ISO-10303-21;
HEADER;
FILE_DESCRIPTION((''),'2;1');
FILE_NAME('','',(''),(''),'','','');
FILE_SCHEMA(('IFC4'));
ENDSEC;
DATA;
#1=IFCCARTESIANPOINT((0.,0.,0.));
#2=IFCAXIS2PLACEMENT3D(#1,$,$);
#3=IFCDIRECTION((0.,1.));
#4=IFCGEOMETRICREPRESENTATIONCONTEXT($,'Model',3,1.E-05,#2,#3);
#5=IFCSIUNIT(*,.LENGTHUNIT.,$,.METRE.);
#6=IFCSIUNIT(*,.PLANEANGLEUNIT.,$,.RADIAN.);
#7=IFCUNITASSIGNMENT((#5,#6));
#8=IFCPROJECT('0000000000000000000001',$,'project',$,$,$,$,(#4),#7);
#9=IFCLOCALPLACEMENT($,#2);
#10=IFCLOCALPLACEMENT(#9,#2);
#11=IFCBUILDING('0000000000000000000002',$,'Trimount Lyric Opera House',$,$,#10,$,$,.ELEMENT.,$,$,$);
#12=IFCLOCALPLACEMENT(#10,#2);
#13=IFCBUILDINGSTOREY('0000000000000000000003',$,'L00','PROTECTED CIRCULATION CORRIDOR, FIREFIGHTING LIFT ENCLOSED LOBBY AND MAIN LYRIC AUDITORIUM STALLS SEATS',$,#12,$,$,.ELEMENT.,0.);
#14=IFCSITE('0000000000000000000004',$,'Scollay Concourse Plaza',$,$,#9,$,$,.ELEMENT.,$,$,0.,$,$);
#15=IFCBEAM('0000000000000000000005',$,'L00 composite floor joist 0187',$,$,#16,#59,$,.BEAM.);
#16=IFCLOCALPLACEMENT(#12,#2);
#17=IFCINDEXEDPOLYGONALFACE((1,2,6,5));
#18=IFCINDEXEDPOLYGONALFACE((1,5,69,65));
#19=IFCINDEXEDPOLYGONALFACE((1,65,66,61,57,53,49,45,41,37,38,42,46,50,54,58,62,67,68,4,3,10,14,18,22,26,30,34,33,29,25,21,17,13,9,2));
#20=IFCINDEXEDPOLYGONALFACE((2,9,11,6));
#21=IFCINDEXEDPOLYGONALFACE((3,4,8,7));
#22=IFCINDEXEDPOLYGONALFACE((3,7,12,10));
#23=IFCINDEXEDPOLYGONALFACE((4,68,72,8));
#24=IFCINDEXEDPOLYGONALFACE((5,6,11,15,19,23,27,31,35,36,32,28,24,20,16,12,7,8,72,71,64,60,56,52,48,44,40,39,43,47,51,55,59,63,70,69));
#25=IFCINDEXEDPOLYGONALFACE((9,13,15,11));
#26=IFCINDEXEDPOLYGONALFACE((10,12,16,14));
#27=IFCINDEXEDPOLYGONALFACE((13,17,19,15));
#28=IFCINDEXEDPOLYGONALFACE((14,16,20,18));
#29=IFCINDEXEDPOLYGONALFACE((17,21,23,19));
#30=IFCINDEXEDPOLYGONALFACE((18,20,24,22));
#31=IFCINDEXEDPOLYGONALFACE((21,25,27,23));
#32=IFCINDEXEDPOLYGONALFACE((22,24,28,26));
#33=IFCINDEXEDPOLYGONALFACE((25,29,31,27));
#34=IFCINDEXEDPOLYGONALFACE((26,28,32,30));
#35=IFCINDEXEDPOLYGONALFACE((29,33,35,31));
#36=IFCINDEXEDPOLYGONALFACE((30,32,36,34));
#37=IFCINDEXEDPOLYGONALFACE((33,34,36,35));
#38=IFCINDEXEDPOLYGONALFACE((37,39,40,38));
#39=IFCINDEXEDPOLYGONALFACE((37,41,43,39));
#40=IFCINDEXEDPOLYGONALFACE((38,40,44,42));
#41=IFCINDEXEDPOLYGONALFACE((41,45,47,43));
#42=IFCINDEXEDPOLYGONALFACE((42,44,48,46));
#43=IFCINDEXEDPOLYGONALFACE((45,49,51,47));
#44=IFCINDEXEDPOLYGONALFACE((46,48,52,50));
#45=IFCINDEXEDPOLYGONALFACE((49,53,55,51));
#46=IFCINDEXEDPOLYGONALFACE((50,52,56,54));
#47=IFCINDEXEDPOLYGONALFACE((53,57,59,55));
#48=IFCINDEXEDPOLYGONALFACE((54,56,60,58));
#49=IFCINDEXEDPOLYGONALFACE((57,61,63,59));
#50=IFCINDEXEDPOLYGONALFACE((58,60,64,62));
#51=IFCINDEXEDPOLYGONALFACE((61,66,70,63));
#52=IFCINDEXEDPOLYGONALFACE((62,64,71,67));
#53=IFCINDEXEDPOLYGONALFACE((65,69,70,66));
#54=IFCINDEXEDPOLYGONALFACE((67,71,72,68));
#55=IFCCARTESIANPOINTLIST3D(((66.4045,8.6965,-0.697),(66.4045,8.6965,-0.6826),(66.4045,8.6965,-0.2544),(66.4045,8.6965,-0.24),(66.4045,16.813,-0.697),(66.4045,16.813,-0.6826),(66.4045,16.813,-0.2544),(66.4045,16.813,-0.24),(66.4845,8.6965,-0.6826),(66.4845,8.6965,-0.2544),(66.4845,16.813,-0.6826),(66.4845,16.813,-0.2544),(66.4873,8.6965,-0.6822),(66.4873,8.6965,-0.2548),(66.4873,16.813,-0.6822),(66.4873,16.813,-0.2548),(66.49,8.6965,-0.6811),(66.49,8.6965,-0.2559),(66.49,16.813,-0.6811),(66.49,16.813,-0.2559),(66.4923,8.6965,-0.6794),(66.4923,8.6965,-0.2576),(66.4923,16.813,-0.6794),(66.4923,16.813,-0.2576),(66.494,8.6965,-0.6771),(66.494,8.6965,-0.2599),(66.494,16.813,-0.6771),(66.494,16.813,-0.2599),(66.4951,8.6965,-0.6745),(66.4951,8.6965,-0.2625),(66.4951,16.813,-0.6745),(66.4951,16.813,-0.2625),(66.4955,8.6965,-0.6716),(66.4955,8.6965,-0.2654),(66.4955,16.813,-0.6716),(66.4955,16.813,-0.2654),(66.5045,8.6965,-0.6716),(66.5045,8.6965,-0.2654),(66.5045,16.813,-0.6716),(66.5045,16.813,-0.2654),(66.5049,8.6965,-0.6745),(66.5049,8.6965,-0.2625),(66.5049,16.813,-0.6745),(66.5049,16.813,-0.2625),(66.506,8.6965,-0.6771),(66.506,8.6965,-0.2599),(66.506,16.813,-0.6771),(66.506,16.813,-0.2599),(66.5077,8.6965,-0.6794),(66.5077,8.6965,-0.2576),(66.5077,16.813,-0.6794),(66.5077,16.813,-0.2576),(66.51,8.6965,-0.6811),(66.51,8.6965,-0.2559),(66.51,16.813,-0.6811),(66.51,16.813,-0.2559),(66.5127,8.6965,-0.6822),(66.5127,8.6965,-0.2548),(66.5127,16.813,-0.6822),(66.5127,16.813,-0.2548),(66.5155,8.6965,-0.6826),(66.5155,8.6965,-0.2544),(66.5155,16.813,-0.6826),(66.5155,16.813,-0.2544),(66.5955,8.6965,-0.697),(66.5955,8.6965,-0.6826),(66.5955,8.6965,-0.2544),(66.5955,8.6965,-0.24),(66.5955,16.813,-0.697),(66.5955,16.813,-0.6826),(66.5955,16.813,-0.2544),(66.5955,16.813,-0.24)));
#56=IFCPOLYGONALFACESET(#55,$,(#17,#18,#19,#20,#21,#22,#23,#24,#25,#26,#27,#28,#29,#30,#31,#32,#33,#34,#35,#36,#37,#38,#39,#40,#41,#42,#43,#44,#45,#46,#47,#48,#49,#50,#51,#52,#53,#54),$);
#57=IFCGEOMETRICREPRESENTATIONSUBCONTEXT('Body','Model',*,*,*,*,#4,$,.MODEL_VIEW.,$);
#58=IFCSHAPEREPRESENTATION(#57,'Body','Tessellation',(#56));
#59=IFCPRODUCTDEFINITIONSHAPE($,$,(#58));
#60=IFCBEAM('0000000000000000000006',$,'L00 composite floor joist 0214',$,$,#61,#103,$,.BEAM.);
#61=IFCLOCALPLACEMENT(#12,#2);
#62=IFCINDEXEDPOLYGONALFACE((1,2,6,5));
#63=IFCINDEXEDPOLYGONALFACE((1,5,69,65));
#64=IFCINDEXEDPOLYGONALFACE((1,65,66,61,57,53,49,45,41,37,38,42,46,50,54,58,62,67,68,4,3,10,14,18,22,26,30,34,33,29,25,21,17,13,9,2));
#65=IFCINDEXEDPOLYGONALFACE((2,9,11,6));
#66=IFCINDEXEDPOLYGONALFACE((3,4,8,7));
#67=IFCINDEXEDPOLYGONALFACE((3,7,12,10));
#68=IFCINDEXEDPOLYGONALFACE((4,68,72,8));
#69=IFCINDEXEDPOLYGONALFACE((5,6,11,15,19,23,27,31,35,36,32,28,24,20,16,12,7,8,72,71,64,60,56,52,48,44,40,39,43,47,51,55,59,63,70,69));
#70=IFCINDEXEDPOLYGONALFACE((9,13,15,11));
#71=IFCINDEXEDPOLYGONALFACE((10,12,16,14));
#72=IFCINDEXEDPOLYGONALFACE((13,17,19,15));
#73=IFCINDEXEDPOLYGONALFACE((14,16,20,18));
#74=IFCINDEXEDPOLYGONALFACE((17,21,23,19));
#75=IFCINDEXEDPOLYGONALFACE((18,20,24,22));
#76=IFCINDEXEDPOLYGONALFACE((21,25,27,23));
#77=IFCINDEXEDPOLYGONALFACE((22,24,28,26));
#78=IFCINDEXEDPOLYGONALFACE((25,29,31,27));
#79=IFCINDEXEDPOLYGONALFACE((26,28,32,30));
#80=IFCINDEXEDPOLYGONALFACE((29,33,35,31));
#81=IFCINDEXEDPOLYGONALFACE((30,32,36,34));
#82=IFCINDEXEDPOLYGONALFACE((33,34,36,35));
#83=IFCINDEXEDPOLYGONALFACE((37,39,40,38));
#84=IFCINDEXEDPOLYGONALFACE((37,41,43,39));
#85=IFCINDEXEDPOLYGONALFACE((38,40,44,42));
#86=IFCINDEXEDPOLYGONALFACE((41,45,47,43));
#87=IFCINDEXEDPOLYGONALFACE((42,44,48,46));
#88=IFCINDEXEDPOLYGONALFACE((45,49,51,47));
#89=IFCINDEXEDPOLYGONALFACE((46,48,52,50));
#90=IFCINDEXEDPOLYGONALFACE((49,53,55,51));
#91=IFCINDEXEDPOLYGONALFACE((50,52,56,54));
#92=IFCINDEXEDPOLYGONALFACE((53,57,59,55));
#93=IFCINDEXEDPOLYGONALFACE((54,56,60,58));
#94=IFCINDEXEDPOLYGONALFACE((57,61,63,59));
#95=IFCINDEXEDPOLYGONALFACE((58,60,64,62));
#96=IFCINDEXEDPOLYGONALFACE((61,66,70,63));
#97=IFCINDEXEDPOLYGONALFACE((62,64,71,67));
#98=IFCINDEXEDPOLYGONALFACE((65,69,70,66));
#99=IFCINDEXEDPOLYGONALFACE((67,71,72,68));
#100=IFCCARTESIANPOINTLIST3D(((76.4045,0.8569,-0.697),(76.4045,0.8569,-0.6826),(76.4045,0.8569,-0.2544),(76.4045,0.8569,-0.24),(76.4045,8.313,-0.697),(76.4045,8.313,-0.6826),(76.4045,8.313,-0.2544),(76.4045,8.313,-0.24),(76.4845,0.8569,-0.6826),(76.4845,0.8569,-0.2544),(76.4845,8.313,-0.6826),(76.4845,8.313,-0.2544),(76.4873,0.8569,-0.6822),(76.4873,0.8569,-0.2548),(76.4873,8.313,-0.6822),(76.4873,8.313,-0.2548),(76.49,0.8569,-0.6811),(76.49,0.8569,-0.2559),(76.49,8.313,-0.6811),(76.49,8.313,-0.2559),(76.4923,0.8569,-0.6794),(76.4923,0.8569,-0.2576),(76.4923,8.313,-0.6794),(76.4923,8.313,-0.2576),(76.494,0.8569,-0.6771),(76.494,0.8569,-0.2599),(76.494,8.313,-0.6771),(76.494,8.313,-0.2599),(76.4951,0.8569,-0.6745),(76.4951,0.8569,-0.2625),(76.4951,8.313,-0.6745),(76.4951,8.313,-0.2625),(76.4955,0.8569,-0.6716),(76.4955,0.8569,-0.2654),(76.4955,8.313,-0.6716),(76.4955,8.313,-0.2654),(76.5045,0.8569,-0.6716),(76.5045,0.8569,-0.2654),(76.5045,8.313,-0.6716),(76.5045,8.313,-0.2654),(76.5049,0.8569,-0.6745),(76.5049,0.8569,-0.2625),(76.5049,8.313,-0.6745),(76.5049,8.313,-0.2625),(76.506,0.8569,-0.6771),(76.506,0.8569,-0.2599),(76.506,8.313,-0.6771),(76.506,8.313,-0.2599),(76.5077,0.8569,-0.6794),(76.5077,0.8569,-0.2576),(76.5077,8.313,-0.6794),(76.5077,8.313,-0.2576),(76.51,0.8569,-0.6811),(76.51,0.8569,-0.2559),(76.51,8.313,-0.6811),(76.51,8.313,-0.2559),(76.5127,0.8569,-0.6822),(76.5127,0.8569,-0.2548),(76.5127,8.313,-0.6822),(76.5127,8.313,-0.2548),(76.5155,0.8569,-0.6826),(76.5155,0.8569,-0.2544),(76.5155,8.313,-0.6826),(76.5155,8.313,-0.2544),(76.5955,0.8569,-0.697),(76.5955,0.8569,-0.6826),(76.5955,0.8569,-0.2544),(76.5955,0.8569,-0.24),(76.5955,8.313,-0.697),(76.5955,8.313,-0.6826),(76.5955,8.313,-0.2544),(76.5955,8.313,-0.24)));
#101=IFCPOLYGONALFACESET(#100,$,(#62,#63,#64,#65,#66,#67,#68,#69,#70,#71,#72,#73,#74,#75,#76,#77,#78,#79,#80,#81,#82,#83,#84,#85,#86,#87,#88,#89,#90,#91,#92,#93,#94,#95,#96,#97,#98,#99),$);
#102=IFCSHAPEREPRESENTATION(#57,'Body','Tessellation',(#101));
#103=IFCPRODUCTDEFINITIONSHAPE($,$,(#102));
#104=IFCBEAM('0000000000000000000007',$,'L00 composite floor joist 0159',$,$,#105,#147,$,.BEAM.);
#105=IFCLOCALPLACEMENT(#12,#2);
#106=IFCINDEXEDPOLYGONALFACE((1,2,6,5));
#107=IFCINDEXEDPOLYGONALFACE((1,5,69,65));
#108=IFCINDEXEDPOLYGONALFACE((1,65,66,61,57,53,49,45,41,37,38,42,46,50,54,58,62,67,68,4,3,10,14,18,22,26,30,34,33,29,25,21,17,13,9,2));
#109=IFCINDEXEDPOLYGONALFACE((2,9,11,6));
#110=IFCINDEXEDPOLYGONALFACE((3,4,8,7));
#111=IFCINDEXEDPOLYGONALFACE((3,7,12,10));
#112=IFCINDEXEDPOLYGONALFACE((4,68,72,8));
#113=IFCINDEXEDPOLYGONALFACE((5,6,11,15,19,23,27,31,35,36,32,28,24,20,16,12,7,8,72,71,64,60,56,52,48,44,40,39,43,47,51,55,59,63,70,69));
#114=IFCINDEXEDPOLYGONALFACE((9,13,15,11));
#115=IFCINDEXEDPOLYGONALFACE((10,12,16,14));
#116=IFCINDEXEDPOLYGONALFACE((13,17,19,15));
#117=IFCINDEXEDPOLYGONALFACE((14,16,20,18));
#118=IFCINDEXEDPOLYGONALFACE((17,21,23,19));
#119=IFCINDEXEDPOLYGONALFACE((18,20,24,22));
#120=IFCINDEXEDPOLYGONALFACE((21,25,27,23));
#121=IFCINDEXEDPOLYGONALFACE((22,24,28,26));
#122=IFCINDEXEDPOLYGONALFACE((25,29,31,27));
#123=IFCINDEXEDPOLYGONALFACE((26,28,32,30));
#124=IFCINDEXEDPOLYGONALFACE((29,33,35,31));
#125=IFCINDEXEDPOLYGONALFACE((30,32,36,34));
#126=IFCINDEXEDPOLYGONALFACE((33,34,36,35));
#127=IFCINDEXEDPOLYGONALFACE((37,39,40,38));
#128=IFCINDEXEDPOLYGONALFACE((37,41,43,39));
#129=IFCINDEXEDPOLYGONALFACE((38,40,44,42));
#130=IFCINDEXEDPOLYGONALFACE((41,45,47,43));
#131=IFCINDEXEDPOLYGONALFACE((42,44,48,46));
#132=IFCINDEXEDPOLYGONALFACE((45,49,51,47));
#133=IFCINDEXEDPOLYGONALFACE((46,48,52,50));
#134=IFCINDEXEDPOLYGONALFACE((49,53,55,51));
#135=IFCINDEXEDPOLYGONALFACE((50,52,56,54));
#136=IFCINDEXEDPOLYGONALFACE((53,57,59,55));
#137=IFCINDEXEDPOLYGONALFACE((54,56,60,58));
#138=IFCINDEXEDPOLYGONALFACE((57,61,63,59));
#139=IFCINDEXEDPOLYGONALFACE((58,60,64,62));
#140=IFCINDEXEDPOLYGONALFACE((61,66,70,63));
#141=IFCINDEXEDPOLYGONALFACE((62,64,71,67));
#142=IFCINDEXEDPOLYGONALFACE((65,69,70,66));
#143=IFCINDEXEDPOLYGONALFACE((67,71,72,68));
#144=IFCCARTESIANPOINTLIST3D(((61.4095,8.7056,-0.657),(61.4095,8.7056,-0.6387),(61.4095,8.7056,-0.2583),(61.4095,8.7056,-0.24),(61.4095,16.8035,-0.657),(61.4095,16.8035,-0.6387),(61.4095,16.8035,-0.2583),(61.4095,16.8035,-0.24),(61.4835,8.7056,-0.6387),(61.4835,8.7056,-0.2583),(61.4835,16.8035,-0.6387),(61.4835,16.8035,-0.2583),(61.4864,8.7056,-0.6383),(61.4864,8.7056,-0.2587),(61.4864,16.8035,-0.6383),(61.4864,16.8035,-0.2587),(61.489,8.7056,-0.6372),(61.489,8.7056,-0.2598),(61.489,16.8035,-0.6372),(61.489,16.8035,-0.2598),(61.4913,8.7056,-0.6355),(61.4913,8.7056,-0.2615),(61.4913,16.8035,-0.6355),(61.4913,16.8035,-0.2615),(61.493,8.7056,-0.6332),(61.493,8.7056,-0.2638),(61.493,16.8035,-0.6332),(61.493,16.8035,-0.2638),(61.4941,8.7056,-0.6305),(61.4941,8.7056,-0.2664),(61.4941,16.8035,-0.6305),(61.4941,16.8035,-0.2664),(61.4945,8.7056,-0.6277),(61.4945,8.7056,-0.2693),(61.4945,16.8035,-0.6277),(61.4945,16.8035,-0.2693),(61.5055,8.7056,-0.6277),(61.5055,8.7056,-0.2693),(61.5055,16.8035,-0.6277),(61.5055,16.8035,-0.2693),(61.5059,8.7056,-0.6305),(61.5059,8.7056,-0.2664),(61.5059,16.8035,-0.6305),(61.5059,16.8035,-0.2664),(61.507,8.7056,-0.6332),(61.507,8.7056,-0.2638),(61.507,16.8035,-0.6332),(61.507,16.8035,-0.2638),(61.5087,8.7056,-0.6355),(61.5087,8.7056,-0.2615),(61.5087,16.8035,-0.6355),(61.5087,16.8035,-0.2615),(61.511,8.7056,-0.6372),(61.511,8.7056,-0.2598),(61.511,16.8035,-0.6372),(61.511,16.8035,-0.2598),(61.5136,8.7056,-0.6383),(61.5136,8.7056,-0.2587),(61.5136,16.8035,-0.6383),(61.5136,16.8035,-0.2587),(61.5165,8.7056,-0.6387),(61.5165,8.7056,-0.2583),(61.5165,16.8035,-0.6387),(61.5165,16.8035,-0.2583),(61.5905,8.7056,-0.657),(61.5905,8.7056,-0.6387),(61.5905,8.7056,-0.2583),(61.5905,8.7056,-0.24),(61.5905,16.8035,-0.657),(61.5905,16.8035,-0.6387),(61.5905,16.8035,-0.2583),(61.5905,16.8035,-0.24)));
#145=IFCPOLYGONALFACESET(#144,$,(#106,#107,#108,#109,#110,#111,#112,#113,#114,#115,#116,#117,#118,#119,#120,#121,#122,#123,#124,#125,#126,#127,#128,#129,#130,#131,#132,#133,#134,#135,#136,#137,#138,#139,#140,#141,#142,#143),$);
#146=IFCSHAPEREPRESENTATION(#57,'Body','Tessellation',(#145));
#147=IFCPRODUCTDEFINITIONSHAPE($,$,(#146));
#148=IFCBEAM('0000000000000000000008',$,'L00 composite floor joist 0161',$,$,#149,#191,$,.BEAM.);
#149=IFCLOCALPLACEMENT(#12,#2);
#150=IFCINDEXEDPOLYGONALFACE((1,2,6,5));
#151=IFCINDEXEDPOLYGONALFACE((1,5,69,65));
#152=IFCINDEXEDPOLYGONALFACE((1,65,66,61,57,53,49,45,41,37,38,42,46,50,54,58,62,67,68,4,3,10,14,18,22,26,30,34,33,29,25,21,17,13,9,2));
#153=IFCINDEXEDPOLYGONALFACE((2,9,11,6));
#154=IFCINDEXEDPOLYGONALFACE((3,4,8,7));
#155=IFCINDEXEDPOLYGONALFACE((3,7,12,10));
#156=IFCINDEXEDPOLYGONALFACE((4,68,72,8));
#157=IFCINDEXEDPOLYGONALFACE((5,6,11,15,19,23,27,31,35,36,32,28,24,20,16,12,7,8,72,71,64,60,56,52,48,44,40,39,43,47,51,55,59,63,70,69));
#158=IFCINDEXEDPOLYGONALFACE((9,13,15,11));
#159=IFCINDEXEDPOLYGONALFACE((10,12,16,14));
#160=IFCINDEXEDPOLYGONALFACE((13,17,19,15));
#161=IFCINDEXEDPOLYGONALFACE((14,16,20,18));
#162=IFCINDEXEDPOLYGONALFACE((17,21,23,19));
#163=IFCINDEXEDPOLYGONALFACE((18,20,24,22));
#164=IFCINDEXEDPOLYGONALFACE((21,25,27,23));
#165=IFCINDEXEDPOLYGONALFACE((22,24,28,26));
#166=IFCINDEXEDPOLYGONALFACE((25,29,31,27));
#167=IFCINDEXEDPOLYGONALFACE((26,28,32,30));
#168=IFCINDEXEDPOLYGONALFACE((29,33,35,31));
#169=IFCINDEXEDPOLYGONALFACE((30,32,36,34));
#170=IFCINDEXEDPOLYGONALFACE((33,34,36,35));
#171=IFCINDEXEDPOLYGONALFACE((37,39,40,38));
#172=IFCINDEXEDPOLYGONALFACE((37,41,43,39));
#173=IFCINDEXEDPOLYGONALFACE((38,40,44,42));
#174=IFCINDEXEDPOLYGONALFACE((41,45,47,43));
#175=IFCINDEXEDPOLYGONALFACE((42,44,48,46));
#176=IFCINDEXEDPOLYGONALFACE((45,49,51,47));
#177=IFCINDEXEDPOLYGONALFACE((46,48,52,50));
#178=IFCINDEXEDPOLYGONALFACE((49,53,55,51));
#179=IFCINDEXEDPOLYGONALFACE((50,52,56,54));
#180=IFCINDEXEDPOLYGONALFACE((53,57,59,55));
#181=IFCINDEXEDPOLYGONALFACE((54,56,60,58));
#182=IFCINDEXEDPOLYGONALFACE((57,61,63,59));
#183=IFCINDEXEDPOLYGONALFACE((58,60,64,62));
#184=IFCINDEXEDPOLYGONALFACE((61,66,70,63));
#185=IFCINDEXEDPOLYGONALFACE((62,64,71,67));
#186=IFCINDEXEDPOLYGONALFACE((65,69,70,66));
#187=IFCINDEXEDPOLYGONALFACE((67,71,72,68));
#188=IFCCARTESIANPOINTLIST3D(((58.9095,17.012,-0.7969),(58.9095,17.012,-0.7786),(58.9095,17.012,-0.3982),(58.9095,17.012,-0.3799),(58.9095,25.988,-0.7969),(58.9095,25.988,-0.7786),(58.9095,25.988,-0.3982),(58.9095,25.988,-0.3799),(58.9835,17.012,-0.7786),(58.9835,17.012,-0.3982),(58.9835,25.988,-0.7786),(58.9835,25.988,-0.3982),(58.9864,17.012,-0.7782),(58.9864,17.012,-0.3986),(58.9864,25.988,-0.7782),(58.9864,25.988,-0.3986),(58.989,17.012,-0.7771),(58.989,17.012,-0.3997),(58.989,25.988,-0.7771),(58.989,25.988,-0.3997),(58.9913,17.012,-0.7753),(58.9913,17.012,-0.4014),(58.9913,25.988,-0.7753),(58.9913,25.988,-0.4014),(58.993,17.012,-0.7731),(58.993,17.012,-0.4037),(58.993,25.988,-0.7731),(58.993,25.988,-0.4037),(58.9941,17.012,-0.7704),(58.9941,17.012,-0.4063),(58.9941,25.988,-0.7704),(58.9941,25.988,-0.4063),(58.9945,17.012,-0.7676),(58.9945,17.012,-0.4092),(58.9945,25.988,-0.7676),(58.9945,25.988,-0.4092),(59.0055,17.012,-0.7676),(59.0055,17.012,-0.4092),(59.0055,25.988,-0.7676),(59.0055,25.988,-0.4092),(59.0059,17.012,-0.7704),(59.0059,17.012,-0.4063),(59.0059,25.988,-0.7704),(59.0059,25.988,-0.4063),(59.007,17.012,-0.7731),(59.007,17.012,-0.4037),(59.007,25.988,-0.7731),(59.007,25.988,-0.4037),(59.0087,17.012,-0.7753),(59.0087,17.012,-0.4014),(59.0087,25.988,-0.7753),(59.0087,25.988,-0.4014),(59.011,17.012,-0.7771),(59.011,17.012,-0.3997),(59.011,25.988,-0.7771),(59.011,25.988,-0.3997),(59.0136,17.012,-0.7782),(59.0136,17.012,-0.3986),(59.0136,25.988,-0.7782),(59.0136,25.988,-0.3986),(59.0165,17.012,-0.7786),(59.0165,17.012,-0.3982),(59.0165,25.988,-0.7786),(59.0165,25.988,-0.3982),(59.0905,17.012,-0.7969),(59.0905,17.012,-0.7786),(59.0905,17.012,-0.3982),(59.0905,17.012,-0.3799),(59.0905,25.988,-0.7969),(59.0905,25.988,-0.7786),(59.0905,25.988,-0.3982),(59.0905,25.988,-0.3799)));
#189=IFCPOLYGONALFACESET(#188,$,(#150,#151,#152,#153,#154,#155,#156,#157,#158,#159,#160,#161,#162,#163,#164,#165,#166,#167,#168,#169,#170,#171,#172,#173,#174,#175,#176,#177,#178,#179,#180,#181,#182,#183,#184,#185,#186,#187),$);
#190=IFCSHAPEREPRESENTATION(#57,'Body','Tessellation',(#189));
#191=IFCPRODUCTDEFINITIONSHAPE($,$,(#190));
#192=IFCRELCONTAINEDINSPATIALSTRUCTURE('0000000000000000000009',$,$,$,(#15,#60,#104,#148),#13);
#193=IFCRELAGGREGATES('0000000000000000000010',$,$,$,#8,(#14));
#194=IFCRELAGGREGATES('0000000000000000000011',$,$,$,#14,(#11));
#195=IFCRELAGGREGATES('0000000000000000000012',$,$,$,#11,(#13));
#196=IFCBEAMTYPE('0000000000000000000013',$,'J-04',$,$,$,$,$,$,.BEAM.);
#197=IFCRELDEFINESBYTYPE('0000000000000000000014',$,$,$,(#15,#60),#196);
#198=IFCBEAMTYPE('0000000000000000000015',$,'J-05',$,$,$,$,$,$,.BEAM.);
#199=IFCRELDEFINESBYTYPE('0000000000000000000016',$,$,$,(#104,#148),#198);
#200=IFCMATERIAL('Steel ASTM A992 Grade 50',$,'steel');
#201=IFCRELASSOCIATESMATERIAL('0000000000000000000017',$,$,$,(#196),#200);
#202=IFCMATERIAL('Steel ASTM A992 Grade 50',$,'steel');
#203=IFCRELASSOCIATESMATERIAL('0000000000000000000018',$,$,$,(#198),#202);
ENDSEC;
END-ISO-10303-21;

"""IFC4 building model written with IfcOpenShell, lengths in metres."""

from ifc_helpers import new_model, si_unit, direction, frame, origin, origin_2d, place, context, subcontext, project, spatial, i_section, extrude, material, material_profile, profile_set, type_object, element, save


model = new_model("IFC4")

# Units and contexts
model_context = context("Model", 3, precision=1e-05, world=origin(), true_north=direction((0.0, 1.0)))
body_context = subcontext(model_context, "Body", "Model", "MODEL_VIEW")
ifc_project = project(units=[si_unit("LENGTHUNIT", "METRE"), si_unit("PLANEANGLEUNIT", "RADIAN")], contexts=[model_context])

# Site, building, storey
site_placement = place(None, origin())
site = spatial("IfcSite", under=ifc_project, at=site_placement, Name="Scollay Concourse Plaza", CompositionType="ELEMENT", RefElevation=0.0)
building_placement = place(site_placement, origin())
building = spatial("IfcBuilding", under=site, at=building_placement, Name="Trimount Lyric Opera House", CompositionType="ELEMENT")
storey_placement = place(building_placement, origin())
storey = spatial("IfcBuildingStorey", under=building, at=storey_placement, Name="L00", Description="PROTECTED CIRCULATION CORRIDOR, FIREFIGHTING LIFT ENCLOSED LOBBY AND MAIN LYRIC AUDITORIUM STALLS SEATS", CompositionType="ELEMENT", Elevation=0.0)

# Beams
ifc_material_1 = material(Name="Steel ASTM A992 Grade 50", Category="steel")
ifc_material_profile_1 = material_profile(ifc_material_1, i_section(OverallWidth=0.1909, OverallDepth=0.457, WebThickness=0.009, FlangeThickness=0.0144, FilletRadius=0.011, at=origin_2d()), Name="W18X50")
ifc_profile_set_1 = profile_set([ifc_material_profile_1], Name="Steel ASTM A992 Grade 50")
beam_type_1 = type_object("IfcBeamType", Name="J-04", PredefinedType="BEAM", material=ifc_profile_set_1)
beam_1_placement = place(storey_placement, frame((66.5, 8.6965, -0.4685), z_axis=(0.0, 1.0, 0.0), x_axis=(-1.0, 0.0, 0.0)))
element("IfcBeam", 1, at=beam_1_placement, inside=storey, type_object=beam_type_1, Name="L00 composite floor joist 0187", PredefinedType="BEAM", context=body_context, shape_type="SweptSolid", body=[
    extrude(i_section(OverallWidth=0.1909, OverallDepth=0.457, WebThickness=0.009, FlangeThickness=0.0144, FilletRadius=0.011, at=origin_2d()), origin(), (0.0, 0.0, 1.0), 8.1165),
])
beam_2_placement = place(storey_placement, frame((76.5, 0.8569, -0.4685), z_axis=(0.0, 1.0, 0.0), x_axis=(-1.0, 0.0, 0.0)))
element("IfcBeam", 2, at=beam_2_placement, inside=storey, type_object=beam_type_1, Name="L00 composite floor joist 0214", PredefinedType="BEAM", context=body_context, shape_type="SweptSolid", body=[
    extrude(i_section(OverallWidth=0.1909, OverallDepth=0.457, WebThickness=0.009, FlangeThickness=0.0144, FilletRadius=0.011, at=origin_2d()), origin(), (0.0, 0.0, 1.0), 7.4561),
])
ifc_material_2 = material(Name="Steel ASTM A992 Grade 50", Category="steel")
ifc_material_profile_2 = material_profile(ifc_material_2, i_section(OverallWidth=0.1809, OverallDepth=0.417, WebThickness=0.011, FlangeThickness=0.0183, FilletRadius=0.011, at=origin_2d()), Name="W16X57")
ifc_profile_set_2 = profile_set([ifc_material_profile_2], Name="Steel ASTM A992 Grade 50")
beam_type_2 = type_object("IfcBeamType", Name="J-05", PredefinedType="BEAM", material=ifc_profile_set_2)
beam_3_placement = place(storey_placement, frame((61.5, 8.7056, -0.4485), z_axis=(0.0, 1.0, 0.0), x_axis=(-1.0, 0.0, 0.0)))
element("IfcBeam", 3, at=beam_3_placement, inside=storey, type_object=beam_type_2, Name="L00 composite floor joist 0159", PredefinedType="BEAM", context=body_context, shape_type="SweptSolid", body=[
    extrude(i_section(OverallWidth=0.1809, OverallDepth=0.417, WebThickness=0.011, FlangeThickness=0.0183, FilletRadius=0.011, at=origin_2d()), origin(), (0.0, 0.0, 1.0), 8.0979),
])
beam_4_placement = place(storey_placement, frame((59.0, 17.012, -0.5884), z_axis=(0.0, 1.0, 0.0), x_axis=(-1.0, 0.0, 0.0)))
element("IfcBeam", 4, at=beam_4_placement, inside=storey, type_object=beam_type_2, Name="L00 composite floor joist 0161", PredefinedType="BEAM", context=body_context, shape_type="SweptSolid", body=[
    extrude(i_section(OverallWidth=0.1809, OverallDepth=0.417, WebThickness=0.011, FlangeThickness=0.0183, FilletRadius=0.011, at=origin_2d()), origin(), (0.0, 0.0, 1.0), 8.9761),
])

save(model, "model.ifc")
